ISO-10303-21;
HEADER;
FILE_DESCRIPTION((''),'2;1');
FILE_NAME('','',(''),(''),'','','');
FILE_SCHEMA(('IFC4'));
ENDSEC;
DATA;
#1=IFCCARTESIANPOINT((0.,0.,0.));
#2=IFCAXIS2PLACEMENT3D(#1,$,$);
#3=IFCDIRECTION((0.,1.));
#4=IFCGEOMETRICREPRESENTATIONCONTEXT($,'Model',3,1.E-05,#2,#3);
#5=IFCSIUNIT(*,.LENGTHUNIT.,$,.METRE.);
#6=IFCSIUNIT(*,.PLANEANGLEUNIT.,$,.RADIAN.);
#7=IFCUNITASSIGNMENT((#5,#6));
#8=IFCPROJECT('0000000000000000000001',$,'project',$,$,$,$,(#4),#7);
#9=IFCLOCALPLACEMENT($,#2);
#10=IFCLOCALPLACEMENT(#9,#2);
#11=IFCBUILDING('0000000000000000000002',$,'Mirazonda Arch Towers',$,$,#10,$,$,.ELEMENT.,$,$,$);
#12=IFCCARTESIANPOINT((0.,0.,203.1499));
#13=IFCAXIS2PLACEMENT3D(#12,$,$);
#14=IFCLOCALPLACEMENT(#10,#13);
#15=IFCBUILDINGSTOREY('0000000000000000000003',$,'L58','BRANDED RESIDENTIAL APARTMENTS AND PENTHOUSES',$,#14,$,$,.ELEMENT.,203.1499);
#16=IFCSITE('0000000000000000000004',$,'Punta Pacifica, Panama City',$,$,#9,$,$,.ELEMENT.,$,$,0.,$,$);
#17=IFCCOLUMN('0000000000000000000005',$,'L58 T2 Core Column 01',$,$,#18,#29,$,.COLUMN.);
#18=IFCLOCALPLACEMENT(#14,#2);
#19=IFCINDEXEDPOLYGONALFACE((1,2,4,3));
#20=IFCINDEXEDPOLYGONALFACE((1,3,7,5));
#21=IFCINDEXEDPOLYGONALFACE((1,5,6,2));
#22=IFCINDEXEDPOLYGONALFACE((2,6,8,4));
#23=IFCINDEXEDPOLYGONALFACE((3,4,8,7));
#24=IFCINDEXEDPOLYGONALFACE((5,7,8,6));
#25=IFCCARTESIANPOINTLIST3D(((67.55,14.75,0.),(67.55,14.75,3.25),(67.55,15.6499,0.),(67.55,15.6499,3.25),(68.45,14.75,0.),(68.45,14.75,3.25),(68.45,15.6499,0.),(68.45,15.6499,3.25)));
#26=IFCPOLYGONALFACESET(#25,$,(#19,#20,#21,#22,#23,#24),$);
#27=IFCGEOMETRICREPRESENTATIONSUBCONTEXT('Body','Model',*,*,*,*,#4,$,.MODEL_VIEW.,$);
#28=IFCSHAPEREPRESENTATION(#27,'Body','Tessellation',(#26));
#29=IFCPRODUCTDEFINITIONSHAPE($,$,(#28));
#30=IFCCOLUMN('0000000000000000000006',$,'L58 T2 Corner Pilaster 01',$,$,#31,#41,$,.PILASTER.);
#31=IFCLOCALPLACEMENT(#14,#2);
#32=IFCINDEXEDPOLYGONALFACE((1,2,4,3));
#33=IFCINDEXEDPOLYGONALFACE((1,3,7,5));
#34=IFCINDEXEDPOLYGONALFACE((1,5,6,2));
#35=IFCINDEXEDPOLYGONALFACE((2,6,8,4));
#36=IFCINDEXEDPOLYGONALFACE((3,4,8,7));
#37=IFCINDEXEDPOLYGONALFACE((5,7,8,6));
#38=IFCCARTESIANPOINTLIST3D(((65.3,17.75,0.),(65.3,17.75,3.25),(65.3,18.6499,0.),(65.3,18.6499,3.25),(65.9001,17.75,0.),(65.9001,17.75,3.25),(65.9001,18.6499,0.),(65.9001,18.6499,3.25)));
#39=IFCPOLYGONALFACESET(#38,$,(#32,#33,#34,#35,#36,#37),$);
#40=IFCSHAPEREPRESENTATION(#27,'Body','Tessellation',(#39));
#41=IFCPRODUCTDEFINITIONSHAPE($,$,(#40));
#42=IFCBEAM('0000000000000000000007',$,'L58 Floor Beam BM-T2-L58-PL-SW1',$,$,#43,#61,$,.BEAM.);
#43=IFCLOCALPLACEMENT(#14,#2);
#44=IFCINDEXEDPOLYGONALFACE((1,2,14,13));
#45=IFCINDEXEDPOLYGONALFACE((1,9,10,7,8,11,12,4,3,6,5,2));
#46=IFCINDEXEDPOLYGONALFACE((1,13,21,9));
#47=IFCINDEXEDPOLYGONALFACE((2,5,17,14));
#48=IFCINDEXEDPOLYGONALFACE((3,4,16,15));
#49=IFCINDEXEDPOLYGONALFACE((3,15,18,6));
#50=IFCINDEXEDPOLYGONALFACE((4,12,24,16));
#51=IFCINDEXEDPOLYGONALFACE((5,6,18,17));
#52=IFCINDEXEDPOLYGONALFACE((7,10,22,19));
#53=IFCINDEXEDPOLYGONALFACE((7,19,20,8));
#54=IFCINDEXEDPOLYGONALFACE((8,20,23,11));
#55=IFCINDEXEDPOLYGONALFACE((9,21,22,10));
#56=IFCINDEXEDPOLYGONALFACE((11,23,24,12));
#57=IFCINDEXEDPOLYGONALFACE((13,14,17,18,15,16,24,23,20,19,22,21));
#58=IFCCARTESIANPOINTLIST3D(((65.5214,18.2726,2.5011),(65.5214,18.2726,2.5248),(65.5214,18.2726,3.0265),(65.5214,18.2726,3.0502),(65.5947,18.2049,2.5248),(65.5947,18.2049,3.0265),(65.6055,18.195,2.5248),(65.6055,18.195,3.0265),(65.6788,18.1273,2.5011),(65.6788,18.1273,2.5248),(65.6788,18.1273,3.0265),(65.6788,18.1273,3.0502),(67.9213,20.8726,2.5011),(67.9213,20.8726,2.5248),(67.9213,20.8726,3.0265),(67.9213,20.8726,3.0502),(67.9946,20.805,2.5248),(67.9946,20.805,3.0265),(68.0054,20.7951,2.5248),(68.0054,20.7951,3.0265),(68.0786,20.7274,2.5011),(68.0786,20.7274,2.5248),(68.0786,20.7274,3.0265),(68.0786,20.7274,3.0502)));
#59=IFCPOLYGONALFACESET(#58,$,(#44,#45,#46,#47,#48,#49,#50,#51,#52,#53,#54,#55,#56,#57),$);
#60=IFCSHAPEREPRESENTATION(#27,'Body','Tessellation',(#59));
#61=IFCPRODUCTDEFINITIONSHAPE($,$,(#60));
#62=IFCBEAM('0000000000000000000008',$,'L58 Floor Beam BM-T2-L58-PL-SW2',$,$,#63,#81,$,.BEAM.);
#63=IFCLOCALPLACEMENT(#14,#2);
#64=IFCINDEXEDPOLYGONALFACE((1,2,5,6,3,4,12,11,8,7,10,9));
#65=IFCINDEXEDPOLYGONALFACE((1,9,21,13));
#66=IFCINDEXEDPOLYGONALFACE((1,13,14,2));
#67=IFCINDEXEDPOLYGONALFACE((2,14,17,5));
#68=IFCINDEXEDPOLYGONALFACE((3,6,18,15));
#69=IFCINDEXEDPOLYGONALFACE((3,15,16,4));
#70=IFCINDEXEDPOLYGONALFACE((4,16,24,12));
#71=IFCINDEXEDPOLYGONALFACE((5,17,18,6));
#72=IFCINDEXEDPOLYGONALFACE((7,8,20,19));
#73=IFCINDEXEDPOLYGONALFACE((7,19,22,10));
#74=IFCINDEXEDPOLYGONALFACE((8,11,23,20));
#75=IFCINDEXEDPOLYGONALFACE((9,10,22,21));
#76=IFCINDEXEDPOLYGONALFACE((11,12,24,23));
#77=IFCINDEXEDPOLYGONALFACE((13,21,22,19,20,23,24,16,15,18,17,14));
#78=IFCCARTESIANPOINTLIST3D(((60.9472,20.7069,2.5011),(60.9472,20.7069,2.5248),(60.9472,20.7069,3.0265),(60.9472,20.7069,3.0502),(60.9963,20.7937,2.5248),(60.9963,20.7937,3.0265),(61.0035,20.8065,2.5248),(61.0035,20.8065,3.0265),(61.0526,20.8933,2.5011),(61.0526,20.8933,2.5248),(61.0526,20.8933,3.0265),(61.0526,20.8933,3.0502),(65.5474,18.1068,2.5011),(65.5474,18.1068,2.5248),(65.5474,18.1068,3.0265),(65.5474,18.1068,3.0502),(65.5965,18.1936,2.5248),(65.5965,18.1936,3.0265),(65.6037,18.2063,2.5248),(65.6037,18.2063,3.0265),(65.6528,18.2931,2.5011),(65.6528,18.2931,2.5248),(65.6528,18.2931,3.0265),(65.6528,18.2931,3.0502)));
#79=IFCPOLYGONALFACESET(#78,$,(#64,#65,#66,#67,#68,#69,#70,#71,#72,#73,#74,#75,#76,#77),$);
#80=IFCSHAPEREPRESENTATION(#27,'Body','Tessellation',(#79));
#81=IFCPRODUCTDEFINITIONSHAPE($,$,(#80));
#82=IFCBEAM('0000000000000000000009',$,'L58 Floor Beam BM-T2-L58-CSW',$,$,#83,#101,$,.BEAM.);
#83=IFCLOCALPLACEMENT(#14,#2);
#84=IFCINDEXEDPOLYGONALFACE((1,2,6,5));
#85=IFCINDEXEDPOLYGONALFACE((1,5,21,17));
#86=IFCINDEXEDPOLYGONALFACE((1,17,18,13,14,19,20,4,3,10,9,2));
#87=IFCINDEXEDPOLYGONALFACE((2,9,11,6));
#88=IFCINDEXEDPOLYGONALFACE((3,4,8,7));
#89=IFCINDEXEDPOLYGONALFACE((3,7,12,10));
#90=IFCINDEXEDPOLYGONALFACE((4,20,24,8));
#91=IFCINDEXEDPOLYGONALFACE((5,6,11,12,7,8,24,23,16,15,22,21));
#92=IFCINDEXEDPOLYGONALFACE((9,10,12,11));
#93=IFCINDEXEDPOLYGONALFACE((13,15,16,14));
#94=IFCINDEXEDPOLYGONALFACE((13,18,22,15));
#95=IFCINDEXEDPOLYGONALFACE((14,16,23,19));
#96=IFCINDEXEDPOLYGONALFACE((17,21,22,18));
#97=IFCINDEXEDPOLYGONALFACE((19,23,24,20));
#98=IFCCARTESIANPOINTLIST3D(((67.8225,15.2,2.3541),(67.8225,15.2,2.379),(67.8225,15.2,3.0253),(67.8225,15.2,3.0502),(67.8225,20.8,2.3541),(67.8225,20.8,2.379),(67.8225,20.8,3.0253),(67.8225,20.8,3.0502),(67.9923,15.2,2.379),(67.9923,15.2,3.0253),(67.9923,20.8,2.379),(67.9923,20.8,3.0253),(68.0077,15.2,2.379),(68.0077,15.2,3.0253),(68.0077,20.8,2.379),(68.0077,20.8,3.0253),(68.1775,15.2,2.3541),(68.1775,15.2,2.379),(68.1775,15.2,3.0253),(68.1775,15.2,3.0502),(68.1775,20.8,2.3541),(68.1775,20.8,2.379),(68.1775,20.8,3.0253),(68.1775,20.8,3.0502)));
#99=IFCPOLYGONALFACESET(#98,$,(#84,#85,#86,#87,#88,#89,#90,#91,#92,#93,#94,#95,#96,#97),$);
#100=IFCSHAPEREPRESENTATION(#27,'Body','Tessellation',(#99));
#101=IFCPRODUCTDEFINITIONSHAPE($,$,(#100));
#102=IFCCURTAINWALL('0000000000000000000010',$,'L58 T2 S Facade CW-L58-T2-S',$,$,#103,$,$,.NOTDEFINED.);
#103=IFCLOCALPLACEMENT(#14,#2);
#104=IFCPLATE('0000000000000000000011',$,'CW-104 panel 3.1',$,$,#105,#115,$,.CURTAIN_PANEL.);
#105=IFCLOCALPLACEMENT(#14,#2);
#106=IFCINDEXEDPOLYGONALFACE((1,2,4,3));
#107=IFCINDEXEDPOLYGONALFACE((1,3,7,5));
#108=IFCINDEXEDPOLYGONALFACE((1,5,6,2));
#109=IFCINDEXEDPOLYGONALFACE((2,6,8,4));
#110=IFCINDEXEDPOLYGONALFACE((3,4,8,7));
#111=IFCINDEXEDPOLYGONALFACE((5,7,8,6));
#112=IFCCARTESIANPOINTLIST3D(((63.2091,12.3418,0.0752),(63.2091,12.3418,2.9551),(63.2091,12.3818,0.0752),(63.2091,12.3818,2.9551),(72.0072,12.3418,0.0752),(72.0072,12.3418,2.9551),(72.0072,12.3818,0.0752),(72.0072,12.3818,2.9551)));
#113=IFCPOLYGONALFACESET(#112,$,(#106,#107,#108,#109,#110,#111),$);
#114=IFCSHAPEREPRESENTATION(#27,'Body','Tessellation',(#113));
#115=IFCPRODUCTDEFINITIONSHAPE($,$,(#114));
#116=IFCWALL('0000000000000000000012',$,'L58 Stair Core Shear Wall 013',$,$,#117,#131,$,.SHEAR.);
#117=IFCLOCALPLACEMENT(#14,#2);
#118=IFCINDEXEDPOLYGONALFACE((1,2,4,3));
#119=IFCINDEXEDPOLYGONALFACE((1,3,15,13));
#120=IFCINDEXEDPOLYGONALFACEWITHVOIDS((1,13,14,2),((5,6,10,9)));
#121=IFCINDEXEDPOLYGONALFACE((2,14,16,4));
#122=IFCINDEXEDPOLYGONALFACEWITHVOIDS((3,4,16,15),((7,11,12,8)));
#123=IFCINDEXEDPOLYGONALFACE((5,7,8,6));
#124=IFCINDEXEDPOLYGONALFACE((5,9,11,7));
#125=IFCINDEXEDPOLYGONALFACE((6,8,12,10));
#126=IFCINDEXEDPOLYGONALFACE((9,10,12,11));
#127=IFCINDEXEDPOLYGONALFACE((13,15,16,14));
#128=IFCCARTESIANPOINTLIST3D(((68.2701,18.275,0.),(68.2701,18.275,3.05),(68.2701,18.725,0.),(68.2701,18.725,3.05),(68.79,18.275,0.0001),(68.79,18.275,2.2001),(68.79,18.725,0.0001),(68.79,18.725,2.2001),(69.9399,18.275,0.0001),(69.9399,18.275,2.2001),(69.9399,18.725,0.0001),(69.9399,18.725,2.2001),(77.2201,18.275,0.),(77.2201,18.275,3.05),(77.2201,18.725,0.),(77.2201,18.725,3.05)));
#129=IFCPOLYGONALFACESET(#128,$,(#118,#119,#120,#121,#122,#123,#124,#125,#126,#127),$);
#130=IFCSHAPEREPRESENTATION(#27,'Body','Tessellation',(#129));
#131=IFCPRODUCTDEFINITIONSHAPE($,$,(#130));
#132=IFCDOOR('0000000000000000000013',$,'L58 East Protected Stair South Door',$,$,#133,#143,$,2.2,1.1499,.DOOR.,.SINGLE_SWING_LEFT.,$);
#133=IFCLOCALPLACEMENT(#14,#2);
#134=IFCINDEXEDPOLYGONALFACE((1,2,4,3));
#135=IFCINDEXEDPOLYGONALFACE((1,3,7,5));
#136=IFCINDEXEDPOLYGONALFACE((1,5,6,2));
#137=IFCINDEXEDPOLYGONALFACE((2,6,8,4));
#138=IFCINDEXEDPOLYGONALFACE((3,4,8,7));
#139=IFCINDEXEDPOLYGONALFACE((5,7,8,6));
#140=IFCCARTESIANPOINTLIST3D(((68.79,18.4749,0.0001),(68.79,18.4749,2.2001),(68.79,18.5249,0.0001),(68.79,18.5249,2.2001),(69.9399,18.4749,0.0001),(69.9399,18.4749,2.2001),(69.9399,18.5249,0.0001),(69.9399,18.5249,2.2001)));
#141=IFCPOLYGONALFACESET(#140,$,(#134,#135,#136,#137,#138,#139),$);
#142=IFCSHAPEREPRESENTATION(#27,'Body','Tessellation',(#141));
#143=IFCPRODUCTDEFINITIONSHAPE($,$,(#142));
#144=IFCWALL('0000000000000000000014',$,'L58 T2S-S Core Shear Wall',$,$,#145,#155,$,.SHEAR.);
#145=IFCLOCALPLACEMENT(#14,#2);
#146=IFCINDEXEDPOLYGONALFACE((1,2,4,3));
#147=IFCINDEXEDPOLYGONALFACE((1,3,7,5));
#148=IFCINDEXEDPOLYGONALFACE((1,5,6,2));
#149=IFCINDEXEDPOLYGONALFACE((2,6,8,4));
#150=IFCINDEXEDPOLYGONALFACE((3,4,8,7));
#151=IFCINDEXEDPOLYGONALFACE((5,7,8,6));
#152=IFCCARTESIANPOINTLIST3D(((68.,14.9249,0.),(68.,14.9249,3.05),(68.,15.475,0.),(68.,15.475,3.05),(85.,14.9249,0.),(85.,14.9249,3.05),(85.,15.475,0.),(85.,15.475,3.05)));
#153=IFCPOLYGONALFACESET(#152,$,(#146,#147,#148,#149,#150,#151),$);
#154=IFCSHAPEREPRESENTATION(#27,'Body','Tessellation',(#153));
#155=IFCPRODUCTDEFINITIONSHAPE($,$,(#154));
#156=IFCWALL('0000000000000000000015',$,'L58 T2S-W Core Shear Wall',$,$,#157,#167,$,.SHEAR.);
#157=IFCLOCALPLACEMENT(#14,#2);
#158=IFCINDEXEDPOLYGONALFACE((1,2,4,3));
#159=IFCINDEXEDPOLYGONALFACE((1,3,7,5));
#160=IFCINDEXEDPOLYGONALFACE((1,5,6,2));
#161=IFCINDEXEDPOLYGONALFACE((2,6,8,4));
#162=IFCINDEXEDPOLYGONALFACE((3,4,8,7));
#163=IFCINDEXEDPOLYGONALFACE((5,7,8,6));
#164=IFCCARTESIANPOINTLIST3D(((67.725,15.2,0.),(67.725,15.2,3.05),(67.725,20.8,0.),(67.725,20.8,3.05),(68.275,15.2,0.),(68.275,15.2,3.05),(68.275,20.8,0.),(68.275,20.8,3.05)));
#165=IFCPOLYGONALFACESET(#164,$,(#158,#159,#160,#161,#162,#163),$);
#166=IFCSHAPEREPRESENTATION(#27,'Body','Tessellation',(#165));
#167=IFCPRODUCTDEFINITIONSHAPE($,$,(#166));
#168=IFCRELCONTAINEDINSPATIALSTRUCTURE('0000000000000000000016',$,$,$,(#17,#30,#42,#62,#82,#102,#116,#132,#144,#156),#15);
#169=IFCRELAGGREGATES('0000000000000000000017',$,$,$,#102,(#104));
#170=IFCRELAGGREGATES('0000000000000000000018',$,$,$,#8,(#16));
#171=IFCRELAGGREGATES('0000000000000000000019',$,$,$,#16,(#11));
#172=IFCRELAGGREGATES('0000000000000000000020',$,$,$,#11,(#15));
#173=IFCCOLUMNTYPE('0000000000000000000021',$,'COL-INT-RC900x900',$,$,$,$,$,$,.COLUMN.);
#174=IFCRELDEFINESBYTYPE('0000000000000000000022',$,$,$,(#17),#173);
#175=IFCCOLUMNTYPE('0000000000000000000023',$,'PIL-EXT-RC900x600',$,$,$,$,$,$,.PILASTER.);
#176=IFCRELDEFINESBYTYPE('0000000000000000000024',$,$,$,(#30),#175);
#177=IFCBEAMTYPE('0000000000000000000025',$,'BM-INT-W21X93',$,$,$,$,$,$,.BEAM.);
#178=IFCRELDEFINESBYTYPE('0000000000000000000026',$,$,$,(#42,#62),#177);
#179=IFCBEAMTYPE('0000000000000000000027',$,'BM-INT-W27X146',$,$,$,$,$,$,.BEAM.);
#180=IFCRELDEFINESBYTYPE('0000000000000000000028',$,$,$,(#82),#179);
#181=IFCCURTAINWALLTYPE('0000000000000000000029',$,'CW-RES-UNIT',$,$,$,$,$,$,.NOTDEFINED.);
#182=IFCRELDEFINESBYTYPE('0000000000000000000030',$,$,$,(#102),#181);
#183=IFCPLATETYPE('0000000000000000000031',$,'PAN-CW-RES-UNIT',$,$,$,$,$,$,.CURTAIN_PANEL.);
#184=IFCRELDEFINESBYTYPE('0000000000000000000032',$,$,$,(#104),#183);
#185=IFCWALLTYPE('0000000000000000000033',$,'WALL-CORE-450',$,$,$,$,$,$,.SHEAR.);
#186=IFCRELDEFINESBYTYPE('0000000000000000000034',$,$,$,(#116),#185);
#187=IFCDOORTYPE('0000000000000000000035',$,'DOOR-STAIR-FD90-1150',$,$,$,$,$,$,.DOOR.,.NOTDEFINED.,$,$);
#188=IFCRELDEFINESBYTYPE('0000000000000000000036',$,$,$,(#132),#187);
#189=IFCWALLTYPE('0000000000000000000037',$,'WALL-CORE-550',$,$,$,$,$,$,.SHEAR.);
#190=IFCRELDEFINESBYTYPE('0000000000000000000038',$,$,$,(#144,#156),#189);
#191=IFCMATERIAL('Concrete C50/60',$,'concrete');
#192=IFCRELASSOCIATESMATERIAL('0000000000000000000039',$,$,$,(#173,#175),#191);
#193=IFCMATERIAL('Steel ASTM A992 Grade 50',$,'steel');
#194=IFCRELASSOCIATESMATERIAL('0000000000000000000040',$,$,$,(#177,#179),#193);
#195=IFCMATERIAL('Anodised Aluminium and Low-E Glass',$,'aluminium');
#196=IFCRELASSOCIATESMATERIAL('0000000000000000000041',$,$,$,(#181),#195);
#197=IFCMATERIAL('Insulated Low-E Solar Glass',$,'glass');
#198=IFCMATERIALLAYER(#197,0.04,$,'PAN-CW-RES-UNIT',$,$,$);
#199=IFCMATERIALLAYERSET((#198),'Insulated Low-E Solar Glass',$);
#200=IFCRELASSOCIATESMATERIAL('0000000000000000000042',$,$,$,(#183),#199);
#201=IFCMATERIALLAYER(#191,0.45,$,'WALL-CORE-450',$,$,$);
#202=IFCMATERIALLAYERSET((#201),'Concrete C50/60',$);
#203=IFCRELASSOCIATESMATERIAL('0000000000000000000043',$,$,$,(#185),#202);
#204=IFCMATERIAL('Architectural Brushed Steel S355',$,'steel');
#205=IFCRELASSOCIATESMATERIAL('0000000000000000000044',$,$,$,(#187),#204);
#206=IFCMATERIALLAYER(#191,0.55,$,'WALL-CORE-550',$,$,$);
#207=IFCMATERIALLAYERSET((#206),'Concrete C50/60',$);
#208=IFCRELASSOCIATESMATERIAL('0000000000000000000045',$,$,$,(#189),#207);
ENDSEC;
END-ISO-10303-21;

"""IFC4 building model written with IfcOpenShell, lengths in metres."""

from ifc_helpers import new_model, si_unit, direction, frame, frame_2d, origin, origin_2d, place, context, subcontext, project, spatial, rectangle, i_section, extrude, material, layer, layer_set, material_profile, profile_set, type_object, element, fill, aggregate, save


model = new_model("IFC4")

# Units and contexts
model_context = context("Model", 3, precision=1e-05, world=origin(), true_north=direction((0.0, 1.0)))
body_context = subcontext(model_context, "Body", "Model", "MODEL_VIEW")
ifc_project = project(units=[si_unit("LENGTHUNIT", "METRE"), si_unit("PLANEANGLEUNIT", "RADIAN")], contexts=[model_context])

# Site, building, storey
site_placement = place(None, origin())
site = spatial("IfcSite", under=ifc_project, at=site_placement, Name="Punta Pacifica, Panama City", CompositionType="ELEMENT", RefElevation=0.0)
building_placement = place(site_placement, origin())
building = spatial("IfcBuilding", under=site, at=building_placement, Name="Mirazonda Arch Towers", CompositionType="ELEMENT")
storey_placement = place(building_placement, frame((0.0, 0.0, 203.1499)))
storey = spatial("IfcBuildingStorey", under=building, at=storey_placement, Name="L58", Description="BRANDED RESIDENTIAL APARTMENTS AND PENTHOUSES", CompositionType="ELEMENT", Elevation=203.1499)

# Columns
ifc_material_1 = material(Name="Concrete C50/60", Category="concrete")
ifc_material_profile_1 = material_profile(ifc_material_1, rectangle(XDim=0.8999, YDim=0.8999, at=origin_2d()), Name="RC900x900")
ifc_profile_set_1 = profile_set([ifc_material_profile_1], Name="Concrete C50/60")
column_type_1 = type_object("IfcColumnType", Name="COL-INT-RC900x900", PredefinedType="COLUMN", material=ifc_profile_set_1)
column_1_placement = place(storey_placement, frame((68.0, 15.2, 0.0), z_axis=(0.0, 0.0, 1.0), x_axis=(1.0, 0.0, 0.0)))
element("IfcColumn", 1, at=column_1_placement, inside=storey, type_object=column_type_1, Name="L58 T2 Core Column 01", PredefinedType="COLUMN", context=body_context, shape_type="SweptSolid", body=[
    extrude(rectangle(XDim=0.8999, YDim=0.8999, at=origin_2d()), origin(), (0.0, 0.0, 1.0), 3.25),
])
ifc_material_profile_2 = material_profile(ifc_material_1, rectangle(XDim=0.6001, YDim=0.8999, at=origin_2d()), Name="RC900x600")
ifc_profile_set_2 = profile_set([ifc_material_profile_2], Name="Concrete C50/60")
column_type_2 = type_object("IfcColumnType", Name="PIL-EXT-RC900x600", PredefinedType="PILASTER", material=ifc_profile_set_2)
column_2_placement = place(storey_placement, frame((65.6001, 18.2, 0.0), z_axis=(0.0, 0.0, 1.0), x_axis=(1.0, 0.0, 0.0)))
element("IfcColumn", 2, at=column_2_placement, inside=storey, type_object=column_type_2, Name="L58 T2 Corner Pilaster 01", PredefinedType="PILASTER", context=body_context, shape_type="SweptSolid", body=[
    extrude(rectangle(XDim=0.6001, YDim=0.8999, at=origin_2d()), origin(), (0.0, 0.0, 1.0), 3.25),
])

# Beams
ifc_material_2 = material(Name="Steel ASTM A992 Grade 50", Category="steel")
ifc_material_profile_3 = material_profile(ifc_material_2, i_section(OverallWidth=0.2141, OverallDepth=0.5491, WebThickness=0.0146, FlangeThickness=0.0237, at=origin_2d()), Name="W21X93")
ifc_profile_set_3 = profile_set([ifc_material_profile_3], Name="Steel ASTM A992 Grade 50")
beam_type_1 = type_object("IfcBeamType", Name="BM-INT-W21X93", PredefinedType="BEAM", material=ifc_profile_set_3)
beam_1_placement = place(storey_placement, frame((65.6001, 18.2, 2.7756), z_axis=(0.678251, 0.73483, 0.0), x_axis=(-0.73483, 0.678251, 0.0)))
element("IfcBeam", 3, at=beam_1_placement, inside=storey, type_object=beam_type_1, Name="L58 Floor Beam BM-T2-L58-PL-SW1", PredefinedType="BEAM", context=body_context, shape_type="SweptSolid", body=[
    extrude(i_section(OverallWidth=0.2141, OverallDepth=0.5491, WebThickness=0.0146, FlangeThickness=0.0237, at=origin_2d()), origin(), (0.0, 0.0, 1.0), 3.5383),
])
beam_2_placement = place(storey_placement, frame((65.6001, 18.2, 2.7756), z_axis=(-0.870559, 0.492063, 0.0), x_axis=(-0.492063, -0.870559, 0.0)))
element("IfcBeam", 4, at=beam_2_placement, inside=storey, type_object=beam_type_1, Name="L58 Floor Beam BM-T2-L58-PL-SW2", PredefinedType="BEAM", context=body_context, shape_type="SweptSolid", body=[
    extrude(i_section(OverallWidth=0.2141, OverallDepth=0.5491, WebThickness=0.0146, FlangeThickness=0.0237, at=origin_2d()), origin(), (0.0, 0.0, 1.0), 5.2842),
])
ifc_material_profile_4 = material_profile(ifc_material_2, i_section(OverallWidth=0.355, OverallDepth=0.696, WebThickness=0.0154, FlangeThickness=0.0249, at=origin_2d()), Name="W27X146")
ifc_profile_set_4 = profile_set([ifc_material_profile_4], Name="Steel ASTM A992 Grade 50")
beam_type_2 = type_object("IfcBeamType", Name="BM-INT-W27X146", PredefinedType="BEAM", material=ifc_profile_set_4)
beam_3_placement = place(storey_placement, frame((68.0, 15.2, 2.7021), z_axis=(0.0, 1.0, 0.0), x_axis=(-1.0, 0.0, 0.0)))
element("IfcBeam", 5, at=beam_3_placement, inside=storey, type_object=beam_type_2, Name="L58 Floor Beam BM-T2-L58-CSW", PredefinedType="BEAM", context=body_context, shape_type="SweptSolid", body=[
    extrude(i_section(OverallWidth=0.355, OverallDepth=0.696, WebThickness=0.0154, FlangeThickness=0.0249, at=origin_2d()), origin(), (0.0, 0.0, 1.0), 5.6001),
])

# Curtain wall, plate
ifc_material_3 = material(Name="Anodised Aluminium and Low-E Glass", Category="aluminium")
curtain_wall_type = type_object("IfcCurtainWallType", Name="CW-RES-UNIT", PredefinedType="NOTDEFINED", material=ifc_material_3)
curtain_wall_placement = place(storey_placement, origin())
curtain_wall = element("IfcCurtainWall", 6, at=curtain_wall_placement, inside=storey, type_object=curtain_wall_type, Name="L58 T2 S Facade CW-L58-T2-S", PredefinedType="NOTDEFINED")
ifc_material_4 = material(Name="Insulated Low-E Solar Glass", Category="glass")
ifc_layer_1 = layer(ifc_material_4, 0.04, Name="PAN-CW-RES-UNIT")
ifc_layer_set_1 = layer_set([ifc_layer_1], Name="Insulated Low-E Solar Glass")
plate_type = type_object("IfcPlateType", Name="PAN-CW-RES-UNIT", PredefinedType="CURTAIN_PANEL", material=ifc_layer_set_1)
plate_placement = place(storey_placement, frame((67.6082, 12.3618, 0.0752), z_axis=(0.0, 0.0, 1.0), x_axis=(-1.0, 0.0, 0.0)))
plate = element("IfcPlate", 7, at=plate_placement, type_object=plate_type, Name="CW-104 panel 3.1", PredefinedType="CURTAIN_PANEL", context=body_context, shape_type="SweptSolid", body=[
    extrude(rectangle(XDim=8.7981, YDim=0.04, at=origin_2d()), origin(), (0.0, 0.0, 1.0), 2.8799),
])
aggregate(curtain_wall, [plate])

# Wall, opening, door
ifc_layer_2 = layer(ifc_material_1, 0.45, Name="WALL-CORE-450")
ifc_layer_set_2 = layer_set([ifc_layer_2], Name="Concrete C50/60")
wall_type_1 = type_object("IfcWallType", Name="WALL-CORE-450", PredefinedType="SHEAR", material=ifc_layer_set_2)
wall_1_placement = place(storey_placement, frame((68.27, 18.5, 0.0), z_axis=(0.0, 0.0, 1.0), x_axis=(1.0, 0.0, 0.0)))
wall_1 = element("IfcWall", 8, at=wall_1_placement, inside=storey, type_object=wall_type_1, Name="L58 Stair Core Shear Wall 013", PredefinedType="SHEAR", context=body_context, shape_type="SweptSolid", body=[
    extrude(rectangle(XDim=8.95, YDim=0.45, at=frame_2d((4.4751, 0.0))), origin(), (0.0, 0.0, 1.0), 3.05),
])
opening_placement = place(wall_1_placement, frame((0.52, 0.0, 0.0)))
opening = element("IfcOpeningElement", 9, at=opening_placement, cuts=wall_1, PredefinedType="OPENING", context=body_context, shape_type="SweptSolid", body=[
    extrude(rectangle(XDim=1.1499, YDim=2.2, at=frame_2d((0.575, 1.1001))), frame((0.0, 0.2349, 0.0), z_axis=(0.0, -1.0, 0.0), x_axis=(1.0, 0.0, 0.0)), (0.0, 0.0, 1.0), 0.47),
])
ifc_material_5 = material(Name="Architectural Brushed Steel S355", Category="steel")
door_type = type_object("IfcDoorType", Name="DOOR-STAIR-FD90-1150", OperationType="NOTDEFINED", PredefinedType="DOOR", material=ifc_material_5)
door_placement = place(opening_placement, origin())
door = element("IfcDoor", 10, at=door_placement, inside=storey, type_object=door_type, Name="L58 East Protected Stair South Door", OperationType="SINGLE_SWING_LEFT", OverallHeight=2.2, OverallWidth=1.1499, PredefinedType="DOOR", context=body_context, shape_type="SweptSolid", body=[
    extrude(rectangle(XDim=1.1499, YDim=2.2, at=frame_2d((0.575, 1.1001))), frame((0.0, 0.0249, 0.0), z_axis=(0.0, -1.0, 0.0), x_axis=(1.0, 0.0, 0.0)), (0.0, 0.0, 1.0), 0.05),
])
fill(opening, door)

# Walls
ifc_layer_3 = layer(ifc_material_1, 0.55, Name="WALL-CORE-550")
ifc_layer_set_3 = layer_set([ifc_layer_3], Name="Concrete C50/60")
wall_type_2 = type_object("IfcWallType", Name="WALL-CORE-550", PredefinedType="SHEAR", material=ifc_layer_set_3)
wall_2_placement = place(storey_placement, frame((68.0, 15.2, 0.0), z_axis=(0.0, 0.0, 1.0), x_axis=(1.0, 0.0, 0.0)))
element("IfcWall", 11, at=wall_2_placement, inside=storey, type_object=wall_type_2, Name="L58 T2S-S Core Shear Wall", PredefinedType="SHEAR", context=body_context, shape_type="SweptSolid", body=[
    extrude(rectangle(XDim=17.0, YDim=0.55, at=frame_2d((8.5, 0.0))), origin(), (0.0, 0.0, 1.0), 3.05),
])
wall_3_placement = place(storey_placement, frame((68.0, 15.2, 0.0), z_axis=(0.0, 0.0, 1.0), x_axis=(0.0, 1.0, 0.0)))
element("IfcWall", 12, at=wall_3_placement, inside=storey, type_object=wall_type_2, Name="L58 T2S-W Core Shear Wall", PredefinedType="SHEAR", context=body_context, shape_type="SweptSolid", body=[
    extrude(rectangle(XDim=5.6001, YDim=0.55, at=frame_2d((2.8, 0.0))), origin(), (0.0, 0.0, 1.0), 3.05),
])

save(model, "model.ifc")
